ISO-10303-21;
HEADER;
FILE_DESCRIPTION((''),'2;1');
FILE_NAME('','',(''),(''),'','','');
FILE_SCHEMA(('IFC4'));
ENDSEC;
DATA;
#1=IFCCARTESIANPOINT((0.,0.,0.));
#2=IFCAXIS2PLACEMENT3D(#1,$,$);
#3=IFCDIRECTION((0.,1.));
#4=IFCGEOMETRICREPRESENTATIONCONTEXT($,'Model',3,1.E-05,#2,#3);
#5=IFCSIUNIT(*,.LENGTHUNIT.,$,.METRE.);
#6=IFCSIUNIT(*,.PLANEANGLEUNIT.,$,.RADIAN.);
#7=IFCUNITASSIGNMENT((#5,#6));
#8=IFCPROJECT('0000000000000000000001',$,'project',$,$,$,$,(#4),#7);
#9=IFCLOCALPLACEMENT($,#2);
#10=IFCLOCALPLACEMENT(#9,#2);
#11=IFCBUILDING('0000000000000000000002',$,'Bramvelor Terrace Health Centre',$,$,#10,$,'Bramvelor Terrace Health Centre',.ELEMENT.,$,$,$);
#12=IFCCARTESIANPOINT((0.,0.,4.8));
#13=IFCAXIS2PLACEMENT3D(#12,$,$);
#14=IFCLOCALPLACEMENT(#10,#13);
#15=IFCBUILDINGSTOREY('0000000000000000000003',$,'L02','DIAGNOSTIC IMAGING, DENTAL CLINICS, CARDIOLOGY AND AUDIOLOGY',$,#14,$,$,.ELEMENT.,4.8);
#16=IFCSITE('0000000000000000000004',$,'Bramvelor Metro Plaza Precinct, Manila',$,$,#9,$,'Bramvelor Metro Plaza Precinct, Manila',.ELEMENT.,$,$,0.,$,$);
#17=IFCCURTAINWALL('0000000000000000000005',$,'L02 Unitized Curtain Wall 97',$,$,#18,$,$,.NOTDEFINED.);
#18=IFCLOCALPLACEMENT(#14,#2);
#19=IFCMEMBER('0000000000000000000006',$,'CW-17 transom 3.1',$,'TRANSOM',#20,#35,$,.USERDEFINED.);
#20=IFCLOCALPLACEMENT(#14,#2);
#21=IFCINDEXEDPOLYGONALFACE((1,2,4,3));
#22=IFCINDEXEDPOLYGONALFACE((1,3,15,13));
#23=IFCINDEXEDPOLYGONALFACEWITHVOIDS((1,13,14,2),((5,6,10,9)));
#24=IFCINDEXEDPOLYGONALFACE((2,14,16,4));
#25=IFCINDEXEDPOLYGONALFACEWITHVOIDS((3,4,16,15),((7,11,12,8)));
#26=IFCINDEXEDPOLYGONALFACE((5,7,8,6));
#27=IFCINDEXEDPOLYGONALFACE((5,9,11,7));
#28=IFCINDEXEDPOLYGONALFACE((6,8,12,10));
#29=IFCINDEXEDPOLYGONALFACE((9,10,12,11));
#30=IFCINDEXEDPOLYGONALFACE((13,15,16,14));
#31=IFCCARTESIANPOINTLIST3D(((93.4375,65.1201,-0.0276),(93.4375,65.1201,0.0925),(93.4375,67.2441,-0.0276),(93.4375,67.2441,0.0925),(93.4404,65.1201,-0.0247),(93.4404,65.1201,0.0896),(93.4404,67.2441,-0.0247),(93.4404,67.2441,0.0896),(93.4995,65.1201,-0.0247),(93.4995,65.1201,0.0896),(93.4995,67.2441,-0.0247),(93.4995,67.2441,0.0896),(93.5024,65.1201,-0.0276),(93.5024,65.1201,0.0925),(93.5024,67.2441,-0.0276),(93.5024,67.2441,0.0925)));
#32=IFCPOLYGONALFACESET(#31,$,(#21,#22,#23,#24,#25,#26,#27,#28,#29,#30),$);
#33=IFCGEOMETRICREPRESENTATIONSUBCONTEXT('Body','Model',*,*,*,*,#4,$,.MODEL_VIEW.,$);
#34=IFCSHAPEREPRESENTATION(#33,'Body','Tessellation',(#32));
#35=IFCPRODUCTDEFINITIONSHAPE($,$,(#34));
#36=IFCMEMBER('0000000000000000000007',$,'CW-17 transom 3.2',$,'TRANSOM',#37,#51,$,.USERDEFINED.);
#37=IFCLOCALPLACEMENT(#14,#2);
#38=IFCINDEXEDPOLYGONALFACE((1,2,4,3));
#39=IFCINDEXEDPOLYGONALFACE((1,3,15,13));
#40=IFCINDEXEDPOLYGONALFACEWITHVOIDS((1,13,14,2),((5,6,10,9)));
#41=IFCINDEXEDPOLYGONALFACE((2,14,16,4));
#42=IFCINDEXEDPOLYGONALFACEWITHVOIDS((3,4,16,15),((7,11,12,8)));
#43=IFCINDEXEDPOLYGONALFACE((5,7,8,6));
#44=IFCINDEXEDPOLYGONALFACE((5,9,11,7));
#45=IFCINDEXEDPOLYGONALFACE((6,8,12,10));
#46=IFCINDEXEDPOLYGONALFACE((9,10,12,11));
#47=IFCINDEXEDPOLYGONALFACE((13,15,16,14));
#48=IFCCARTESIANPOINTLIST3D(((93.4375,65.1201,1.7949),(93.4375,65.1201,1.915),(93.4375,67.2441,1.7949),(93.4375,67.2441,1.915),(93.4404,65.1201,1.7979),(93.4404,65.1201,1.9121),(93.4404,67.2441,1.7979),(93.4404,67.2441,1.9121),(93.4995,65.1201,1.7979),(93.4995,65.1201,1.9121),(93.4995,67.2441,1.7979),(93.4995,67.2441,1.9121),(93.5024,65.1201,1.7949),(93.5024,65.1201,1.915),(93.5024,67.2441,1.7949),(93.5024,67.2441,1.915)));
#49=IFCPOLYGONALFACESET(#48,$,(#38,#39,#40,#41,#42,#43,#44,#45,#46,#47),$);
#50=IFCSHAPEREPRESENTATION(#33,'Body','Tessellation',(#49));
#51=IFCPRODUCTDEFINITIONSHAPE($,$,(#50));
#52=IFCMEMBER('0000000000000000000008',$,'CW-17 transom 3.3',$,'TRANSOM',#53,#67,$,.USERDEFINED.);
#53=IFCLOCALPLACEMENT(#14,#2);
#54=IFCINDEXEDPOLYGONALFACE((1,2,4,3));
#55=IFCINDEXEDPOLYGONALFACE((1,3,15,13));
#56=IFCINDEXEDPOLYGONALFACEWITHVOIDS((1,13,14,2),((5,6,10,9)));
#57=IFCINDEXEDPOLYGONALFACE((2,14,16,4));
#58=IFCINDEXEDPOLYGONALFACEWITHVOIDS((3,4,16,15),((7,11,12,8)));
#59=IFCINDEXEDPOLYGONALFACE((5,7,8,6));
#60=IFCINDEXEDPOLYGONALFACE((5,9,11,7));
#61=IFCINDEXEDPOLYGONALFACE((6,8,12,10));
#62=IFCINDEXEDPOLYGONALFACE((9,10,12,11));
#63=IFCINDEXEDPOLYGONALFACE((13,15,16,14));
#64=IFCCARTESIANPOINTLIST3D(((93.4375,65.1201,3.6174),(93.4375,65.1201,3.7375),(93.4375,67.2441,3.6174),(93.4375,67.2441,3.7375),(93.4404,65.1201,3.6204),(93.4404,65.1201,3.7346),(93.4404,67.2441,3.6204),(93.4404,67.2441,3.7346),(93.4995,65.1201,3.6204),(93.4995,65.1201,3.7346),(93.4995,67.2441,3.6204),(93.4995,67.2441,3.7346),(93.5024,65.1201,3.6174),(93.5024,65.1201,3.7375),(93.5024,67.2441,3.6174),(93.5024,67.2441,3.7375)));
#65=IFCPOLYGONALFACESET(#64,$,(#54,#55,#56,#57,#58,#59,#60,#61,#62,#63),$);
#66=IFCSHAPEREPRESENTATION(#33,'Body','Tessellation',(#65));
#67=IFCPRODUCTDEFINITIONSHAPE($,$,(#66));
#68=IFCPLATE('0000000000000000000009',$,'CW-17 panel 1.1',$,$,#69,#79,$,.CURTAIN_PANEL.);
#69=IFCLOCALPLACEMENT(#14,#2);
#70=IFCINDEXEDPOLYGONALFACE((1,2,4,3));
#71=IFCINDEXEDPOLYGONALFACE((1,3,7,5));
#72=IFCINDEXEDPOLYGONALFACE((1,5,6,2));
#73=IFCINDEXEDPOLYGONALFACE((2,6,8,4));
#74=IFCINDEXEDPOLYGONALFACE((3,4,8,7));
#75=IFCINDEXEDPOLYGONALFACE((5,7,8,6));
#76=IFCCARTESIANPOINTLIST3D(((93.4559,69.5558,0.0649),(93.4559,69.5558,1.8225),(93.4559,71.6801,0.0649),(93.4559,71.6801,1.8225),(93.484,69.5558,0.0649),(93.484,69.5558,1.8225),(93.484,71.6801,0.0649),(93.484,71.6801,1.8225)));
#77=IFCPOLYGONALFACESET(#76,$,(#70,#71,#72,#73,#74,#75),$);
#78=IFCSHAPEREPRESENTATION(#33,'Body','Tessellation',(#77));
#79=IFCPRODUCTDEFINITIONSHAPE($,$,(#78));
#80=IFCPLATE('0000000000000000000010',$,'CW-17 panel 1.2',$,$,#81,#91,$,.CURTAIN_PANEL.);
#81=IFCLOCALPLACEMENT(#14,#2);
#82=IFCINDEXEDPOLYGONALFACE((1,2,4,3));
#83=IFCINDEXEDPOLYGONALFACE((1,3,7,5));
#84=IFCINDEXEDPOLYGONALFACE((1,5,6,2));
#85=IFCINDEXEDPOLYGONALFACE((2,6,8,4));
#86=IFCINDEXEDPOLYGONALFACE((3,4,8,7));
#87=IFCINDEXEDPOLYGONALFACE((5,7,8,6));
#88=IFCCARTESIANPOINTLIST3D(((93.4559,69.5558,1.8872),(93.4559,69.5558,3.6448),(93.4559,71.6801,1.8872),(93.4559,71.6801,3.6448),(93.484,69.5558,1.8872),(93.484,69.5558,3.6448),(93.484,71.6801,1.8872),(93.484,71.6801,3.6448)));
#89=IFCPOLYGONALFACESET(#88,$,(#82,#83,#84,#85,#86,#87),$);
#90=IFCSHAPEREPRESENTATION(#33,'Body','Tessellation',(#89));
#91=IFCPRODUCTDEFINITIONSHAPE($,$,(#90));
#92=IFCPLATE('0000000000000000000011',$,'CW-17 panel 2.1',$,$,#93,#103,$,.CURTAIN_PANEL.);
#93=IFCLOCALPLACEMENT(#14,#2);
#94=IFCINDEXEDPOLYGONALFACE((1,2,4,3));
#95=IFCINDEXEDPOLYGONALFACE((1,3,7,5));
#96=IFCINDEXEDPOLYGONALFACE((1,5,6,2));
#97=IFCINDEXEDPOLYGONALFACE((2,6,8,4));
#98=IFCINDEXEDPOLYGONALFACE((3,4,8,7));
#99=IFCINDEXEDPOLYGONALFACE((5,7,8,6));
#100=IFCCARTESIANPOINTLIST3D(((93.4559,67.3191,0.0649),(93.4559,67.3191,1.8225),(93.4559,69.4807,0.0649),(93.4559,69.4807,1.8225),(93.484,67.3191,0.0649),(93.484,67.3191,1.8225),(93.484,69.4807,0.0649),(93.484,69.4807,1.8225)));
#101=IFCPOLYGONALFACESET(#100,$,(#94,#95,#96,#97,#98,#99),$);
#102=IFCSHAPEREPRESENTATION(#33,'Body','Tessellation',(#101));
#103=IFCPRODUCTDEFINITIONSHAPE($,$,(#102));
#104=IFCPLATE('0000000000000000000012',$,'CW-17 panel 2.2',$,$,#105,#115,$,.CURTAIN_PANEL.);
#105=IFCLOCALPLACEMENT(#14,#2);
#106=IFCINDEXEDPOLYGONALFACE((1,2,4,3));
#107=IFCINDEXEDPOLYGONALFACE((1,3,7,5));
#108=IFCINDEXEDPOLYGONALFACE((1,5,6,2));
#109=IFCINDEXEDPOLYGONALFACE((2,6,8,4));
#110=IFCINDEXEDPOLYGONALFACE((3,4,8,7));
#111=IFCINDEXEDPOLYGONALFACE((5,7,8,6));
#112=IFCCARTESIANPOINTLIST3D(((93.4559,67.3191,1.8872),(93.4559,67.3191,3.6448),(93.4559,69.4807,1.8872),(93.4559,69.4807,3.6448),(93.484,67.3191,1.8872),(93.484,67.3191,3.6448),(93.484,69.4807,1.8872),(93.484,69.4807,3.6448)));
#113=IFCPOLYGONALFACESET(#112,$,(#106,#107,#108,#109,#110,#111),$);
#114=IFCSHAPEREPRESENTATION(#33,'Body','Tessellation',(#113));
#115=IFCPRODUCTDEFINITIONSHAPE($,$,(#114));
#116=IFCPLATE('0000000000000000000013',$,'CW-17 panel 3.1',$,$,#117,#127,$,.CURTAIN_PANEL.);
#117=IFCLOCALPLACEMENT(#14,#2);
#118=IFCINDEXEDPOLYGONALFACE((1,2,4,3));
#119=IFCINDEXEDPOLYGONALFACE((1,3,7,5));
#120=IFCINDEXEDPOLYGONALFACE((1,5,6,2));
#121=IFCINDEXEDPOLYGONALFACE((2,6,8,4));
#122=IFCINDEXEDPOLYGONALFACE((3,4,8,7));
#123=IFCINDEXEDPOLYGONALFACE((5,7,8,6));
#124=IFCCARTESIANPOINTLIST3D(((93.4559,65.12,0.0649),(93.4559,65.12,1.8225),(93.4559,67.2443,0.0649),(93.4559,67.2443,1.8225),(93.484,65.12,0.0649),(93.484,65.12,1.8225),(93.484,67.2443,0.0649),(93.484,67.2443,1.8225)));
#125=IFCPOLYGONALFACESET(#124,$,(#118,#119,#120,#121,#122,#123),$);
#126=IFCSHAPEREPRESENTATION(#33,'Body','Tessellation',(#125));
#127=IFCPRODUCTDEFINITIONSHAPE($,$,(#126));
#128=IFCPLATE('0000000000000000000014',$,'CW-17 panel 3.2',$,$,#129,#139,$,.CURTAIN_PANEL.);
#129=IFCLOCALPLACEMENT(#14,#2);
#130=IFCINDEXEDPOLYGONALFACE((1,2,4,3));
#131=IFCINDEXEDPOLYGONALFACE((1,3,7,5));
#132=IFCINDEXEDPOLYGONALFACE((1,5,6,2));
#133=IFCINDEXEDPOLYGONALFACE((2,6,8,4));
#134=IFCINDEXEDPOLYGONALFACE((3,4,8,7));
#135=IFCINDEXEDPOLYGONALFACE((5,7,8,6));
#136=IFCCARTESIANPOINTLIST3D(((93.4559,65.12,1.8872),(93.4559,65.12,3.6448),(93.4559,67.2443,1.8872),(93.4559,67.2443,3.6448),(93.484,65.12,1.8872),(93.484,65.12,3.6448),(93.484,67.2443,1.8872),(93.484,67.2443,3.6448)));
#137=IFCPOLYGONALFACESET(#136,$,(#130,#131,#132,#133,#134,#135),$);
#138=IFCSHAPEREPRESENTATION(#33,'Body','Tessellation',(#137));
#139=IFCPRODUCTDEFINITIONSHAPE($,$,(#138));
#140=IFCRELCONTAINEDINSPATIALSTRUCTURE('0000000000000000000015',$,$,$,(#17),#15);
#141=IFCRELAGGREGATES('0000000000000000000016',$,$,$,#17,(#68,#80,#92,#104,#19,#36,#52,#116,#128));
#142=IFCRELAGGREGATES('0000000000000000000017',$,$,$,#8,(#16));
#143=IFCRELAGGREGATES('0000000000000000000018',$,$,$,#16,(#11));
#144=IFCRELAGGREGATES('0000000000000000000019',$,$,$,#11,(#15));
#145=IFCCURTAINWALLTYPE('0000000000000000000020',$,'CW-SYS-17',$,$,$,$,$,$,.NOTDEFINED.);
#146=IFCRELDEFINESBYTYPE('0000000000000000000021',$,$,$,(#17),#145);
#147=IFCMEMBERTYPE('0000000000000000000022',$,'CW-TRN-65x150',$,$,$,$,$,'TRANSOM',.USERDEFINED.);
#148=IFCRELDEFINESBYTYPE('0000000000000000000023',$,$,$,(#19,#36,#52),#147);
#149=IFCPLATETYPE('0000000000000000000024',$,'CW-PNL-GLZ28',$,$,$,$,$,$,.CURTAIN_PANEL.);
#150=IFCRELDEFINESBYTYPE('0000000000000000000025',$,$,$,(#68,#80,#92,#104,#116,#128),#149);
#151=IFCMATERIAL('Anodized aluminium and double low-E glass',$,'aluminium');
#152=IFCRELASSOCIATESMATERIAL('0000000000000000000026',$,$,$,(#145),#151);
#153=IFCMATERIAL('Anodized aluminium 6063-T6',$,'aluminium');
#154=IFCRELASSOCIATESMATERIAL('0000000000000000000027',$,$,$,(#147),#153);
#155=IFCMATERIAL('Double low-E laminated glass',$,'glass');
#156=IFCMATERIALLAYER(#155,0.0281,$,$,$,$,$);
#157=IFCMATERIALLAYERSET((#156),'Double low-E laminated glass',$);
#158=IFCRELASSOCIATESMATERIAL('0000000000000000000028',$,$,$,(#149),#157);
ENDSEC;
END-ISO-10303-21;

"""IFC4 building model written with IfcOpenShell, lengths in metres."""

from ifc_helpers import new_model, si_unit, direction, frame, origin, origin_2d, place, context, subcontext, project, spatial, rectangle, hollow_rectangle, extrude, material, layer, layer_set, material_profile, profile_set, type_object, element, aggregate, save


model = new_model("IFC4")

# Units and contexts
model_context = context("Model", 3, precision=1e-05, world=origin(), true_north=direction((0.0, 1.0)))
body_context = subcontext(model_context, "Body", "Model", "MODEL_VIEW")
ifc_project = project(units=[si_unit("LENGTHUNIT", "METRE"), si_unit("PLANEANGLEUNIT", "RADIAN")], contexts=[model_context])

# Site, building, storey
site_placement = place(None, origin())
site = spatial("IfcSite", under=ifc_project, at=site_placement, Name="Bramvelor Metro Plaza Precinct, Manila", LongName="Bramvelor Metro Plaza Precinct, Manila", CompositionType="ELEMENT", RefElevation=0.0)
building_placement = place(site_placement, origin())
building = spatial("IfcBuilding", under=site, at=building_placement, Name="Bramvelor Terrace Health Centre", LongName="Bramvelor Terrace Health Centre", CompositionType="ELEMENT")
storey_placement = place(building_placement, frame((0.0, 0.0, 4.8)))
storey = spatial("IfcBuildingStorey", under=building, at=storey_placement, Name="L02", Description="DIAGNOSTIC IMAGING, DENTAL CLINICS, CARDIOLOGY AND AUDIOLOGY", CompositionType="ELEMENT", Elevation=4.8)

# Curtain wall, members, plates
ifc_material_1 = material(Name="Anodized aluminium and double low-E glass", Category="aluminium")
curtain_wall_type = type_object("IfcCurtainWallType", Name="CW-SYS-17", PredefinedType="NOTDEFINED", material=ifc_material_1)
curtain_wall_placement = place(storey_placement, origin())
curtain_wall = element("IfcCurtainWall", 1, at=curtain_wall_placement, inside=storey, type_object=curtain_wall_type, Name="L02 Unitized Curtain Wall 97", PredefinedType="NOTDEFINED")
ifc_material_2 = material(Name="Anodized aluminium 6063-T6", Category="aluminium")
ifc_material_profile_1 = material_profile(ifc_material_2, hollow_rectangle(XDim=0.0649, YDim=0.1201, WallThickness=0.0029, at=origin_2d()), Name="ALU-TRN 65x120x3.0")
ifc_profile_set_1 = profile_set([ifc_material_profile_1], Name="Anodized aluminium 6063-T6")
member_type_1 = type_object("IfcMemberType", Name="CW-TRN-65x150", ElementType="TRANSOM", PredefinedType="USERDEFINED", material=ifc_profile_set_1)
member_1_placement = place(storey_placement, frame((93.47, 67.2441, 0.0325), z_axis=(0.0, -1.0, 0.0), x_axis=(1.0, 0.0, 0.0)))
member_1 = element("IfcMember", 2, at=member_1_placement, type_object=member_type_1, Name="CW-17 transom 3.1", ObjectType="TRANSOM", PredefinedType="USERDEFINED", context=body_context, shape_type="SweptSolid", body=[
    extrude(hollow_rectangle(XDim=0.0649, YDim=0.1201, WallThickness=0.0029, at=origin_2d()), origin(), (0.0, 0.0, 1.0), 2.124),
])
member_2_placement = place(storey_placement, frame((93.47, 67.2441, 1.855), z_axis=(0.0, -1.0, 0.0), x_axis=(1.0, 0.0, 0.0)))
member_2 = element("IfcMember", 3, at=member_2_placement, type_object=member_type_1, Name="CW-17 transom 3.2", ObjectType="TRANSOM", PredefinedType="USERDEFINED", context=body_context, shape_type="SweptSolid", body=[
    extrude(hollow_rectangle(XDim=0.0649, YDim=0.1201, WallThickness=0.0029, at=origin_2d()), origin(), (0.0, 0.0, 1.0), 2.124),
])
member_3_placement = place(storey_placement, frame((93.47, 67.2441, 3.6775), z_axis=(0.0, -1.0, 0.0), x_axis=(1.0, 0.0, 0.0)))
member_3 = element("IfcMember", 4, at=member_3_placement, type_object=member_type_1, Name="CW-17 transom 3.3", ObjectType="TRANSOM", PredefinedType="USERDEFINED", context=body_context, shape_type="SweptSolid", body=[
    extrude(hollow_rectangle(XDim=0.0649, YDim=0.1201, WallThickness=0.0029, at=origin_2d()), origin(), (0.0, 0.0, 1.0), 2.124),
])
ifc_material_3 = material(Name="Double low-E laminated glass", Category="glass")
ifc_layer = layer(ifc_material_3, 0.0281)
ifc_layer_set = layer_set([ifc_layer], Name="Double low-E laminated glass")
plate_type = type_object("IfcPlateType", Name="CW-PNL-GLZ28", PredefinedType="CURTAIN_PANEL", material=ifc_layer_set)
plate_1_placement = place(storey_placement, frame((93.47, 70.6179, 0.0649), z_axis=(0.0, 0.0, 1.0), x_axis=(0.0, -1.0, 0.0)))
plate_1 = element("IfcPlate", 5, at=plate_1_placement, type_object=plate_type, Name="CW-17 panel 1.1", PredefinedType="CURTAIN_PANEL", context=body_context, shape_type="SweptSolid", body=[
    extrude(rectangle(XDim=2.1243, YDim=0.0281, at=origin_2d()), origin(), (0.0, 0.0, 1.0), 1.7576),
])
plate_2_placement = place(storey_placement, frame((93.47, 70.6179, 1.8872), z_axis=(0.0, 0.0, 1.0), x_axis=(0.0, -1.0, 0.0)))
plate_2 = element("IfcPlate", 6, at=plate_2_placement, type_object=plate_type, Name="CW-17 panel 1.2", PredefinedType="CURTAIN_PANEL", context=body_context, shape_type="SweptSolid", body=[
    extrude(rectangle(XDim=2.1243, YDim=0.0281, at=origin_2d()), origin(), (0.0, 0.0, 1.0), 1.7576),
])
plate_3_placement = place(storey_placement, frame((93.47, 68.3999, 0.0649), z_axis=(0.0, 0.0, 1.0), x_axis=(0.0, -1.0, 0.0)))
plate_3 = element("IfcPlate", 7, at=plate_3_placement, type_object=plate_type, Name="CW-17 panel 2.1", PredefinedType="CURTAIN_PANEL", context=body_context, shape_type="SweptSolid", body=[
    extrude(rectangle(XDim=2.1616, YDim=0.0281, at=origin_2d()), origin(), (0.0, 0.0, 1.0), 1.7576),
])
plate_4_placement = place(storey_placement, frame((93.47, 68.3999, 1.8872), z_axis=(0.0, 0.0, 1.0), x_axis=(0.0, -1.0, 0.0)))
plate_4 = element("IfcPlate", 8, at=plate_4_placement, type_object=plate_type, Name="CW-17 panel 2.2", PredefinedType="CURTAIN_PANEL", context=body_context, shape_type="SweptSolid", body=[
    extrude(rectangle(XDim=2.1616, YDim=0.0281, at=origin_2d()), origin(), (0.0, 0.0, 1.0), 1.7576),
])
plate_5_placement = place(storey_placement, frame((93.47, 66.1821, 0.0649), z_axis=(0.0, 0.0, 1.0), x_axis=(0.0, -1.0, 0.0)))
plate_5 = element("IfcPlate", 9, at=plate_5_placement, type_object=plate_type, Name="CW-17 panel 3.1", PredefinedType="CURTAIN_PANEL", context=body_context, shape_type="SweptSolid", body=[
    extrude(rectangle(XDim=2.1243, YDim=0.0281, at=origin_2d()), origin(), (0.0, 0.0, 1.0), 1.7576),
])
plate_6_placement = place(storey_placement, frame((93.47, 66.1821, 1.8872), z_axis=(0.0, 0.0, 1.0), x_axis=(0.0, -1.0, 0.0)))
plate_6 = element("IfcPlate", 10, at=plate_6_placement, type_object=plate_type, Name="CW-17 panel 3.2", PredefinedType="CURTAIN_PANEL", context=body_context, shape_type="SweptSolid", body=[
    extrude(rectangle(XDim=2.1243, YDim=0.0281, at=origin_2d()), origin(), (0.0, 0.0, 1.0), 1.7576),
])
aggregate(curtain_wall, [plate_1, plate_2, plate_3, plate_4, member_1, member_2, member_3, plate_5, plate_6])

save(model, "model.ifc")
